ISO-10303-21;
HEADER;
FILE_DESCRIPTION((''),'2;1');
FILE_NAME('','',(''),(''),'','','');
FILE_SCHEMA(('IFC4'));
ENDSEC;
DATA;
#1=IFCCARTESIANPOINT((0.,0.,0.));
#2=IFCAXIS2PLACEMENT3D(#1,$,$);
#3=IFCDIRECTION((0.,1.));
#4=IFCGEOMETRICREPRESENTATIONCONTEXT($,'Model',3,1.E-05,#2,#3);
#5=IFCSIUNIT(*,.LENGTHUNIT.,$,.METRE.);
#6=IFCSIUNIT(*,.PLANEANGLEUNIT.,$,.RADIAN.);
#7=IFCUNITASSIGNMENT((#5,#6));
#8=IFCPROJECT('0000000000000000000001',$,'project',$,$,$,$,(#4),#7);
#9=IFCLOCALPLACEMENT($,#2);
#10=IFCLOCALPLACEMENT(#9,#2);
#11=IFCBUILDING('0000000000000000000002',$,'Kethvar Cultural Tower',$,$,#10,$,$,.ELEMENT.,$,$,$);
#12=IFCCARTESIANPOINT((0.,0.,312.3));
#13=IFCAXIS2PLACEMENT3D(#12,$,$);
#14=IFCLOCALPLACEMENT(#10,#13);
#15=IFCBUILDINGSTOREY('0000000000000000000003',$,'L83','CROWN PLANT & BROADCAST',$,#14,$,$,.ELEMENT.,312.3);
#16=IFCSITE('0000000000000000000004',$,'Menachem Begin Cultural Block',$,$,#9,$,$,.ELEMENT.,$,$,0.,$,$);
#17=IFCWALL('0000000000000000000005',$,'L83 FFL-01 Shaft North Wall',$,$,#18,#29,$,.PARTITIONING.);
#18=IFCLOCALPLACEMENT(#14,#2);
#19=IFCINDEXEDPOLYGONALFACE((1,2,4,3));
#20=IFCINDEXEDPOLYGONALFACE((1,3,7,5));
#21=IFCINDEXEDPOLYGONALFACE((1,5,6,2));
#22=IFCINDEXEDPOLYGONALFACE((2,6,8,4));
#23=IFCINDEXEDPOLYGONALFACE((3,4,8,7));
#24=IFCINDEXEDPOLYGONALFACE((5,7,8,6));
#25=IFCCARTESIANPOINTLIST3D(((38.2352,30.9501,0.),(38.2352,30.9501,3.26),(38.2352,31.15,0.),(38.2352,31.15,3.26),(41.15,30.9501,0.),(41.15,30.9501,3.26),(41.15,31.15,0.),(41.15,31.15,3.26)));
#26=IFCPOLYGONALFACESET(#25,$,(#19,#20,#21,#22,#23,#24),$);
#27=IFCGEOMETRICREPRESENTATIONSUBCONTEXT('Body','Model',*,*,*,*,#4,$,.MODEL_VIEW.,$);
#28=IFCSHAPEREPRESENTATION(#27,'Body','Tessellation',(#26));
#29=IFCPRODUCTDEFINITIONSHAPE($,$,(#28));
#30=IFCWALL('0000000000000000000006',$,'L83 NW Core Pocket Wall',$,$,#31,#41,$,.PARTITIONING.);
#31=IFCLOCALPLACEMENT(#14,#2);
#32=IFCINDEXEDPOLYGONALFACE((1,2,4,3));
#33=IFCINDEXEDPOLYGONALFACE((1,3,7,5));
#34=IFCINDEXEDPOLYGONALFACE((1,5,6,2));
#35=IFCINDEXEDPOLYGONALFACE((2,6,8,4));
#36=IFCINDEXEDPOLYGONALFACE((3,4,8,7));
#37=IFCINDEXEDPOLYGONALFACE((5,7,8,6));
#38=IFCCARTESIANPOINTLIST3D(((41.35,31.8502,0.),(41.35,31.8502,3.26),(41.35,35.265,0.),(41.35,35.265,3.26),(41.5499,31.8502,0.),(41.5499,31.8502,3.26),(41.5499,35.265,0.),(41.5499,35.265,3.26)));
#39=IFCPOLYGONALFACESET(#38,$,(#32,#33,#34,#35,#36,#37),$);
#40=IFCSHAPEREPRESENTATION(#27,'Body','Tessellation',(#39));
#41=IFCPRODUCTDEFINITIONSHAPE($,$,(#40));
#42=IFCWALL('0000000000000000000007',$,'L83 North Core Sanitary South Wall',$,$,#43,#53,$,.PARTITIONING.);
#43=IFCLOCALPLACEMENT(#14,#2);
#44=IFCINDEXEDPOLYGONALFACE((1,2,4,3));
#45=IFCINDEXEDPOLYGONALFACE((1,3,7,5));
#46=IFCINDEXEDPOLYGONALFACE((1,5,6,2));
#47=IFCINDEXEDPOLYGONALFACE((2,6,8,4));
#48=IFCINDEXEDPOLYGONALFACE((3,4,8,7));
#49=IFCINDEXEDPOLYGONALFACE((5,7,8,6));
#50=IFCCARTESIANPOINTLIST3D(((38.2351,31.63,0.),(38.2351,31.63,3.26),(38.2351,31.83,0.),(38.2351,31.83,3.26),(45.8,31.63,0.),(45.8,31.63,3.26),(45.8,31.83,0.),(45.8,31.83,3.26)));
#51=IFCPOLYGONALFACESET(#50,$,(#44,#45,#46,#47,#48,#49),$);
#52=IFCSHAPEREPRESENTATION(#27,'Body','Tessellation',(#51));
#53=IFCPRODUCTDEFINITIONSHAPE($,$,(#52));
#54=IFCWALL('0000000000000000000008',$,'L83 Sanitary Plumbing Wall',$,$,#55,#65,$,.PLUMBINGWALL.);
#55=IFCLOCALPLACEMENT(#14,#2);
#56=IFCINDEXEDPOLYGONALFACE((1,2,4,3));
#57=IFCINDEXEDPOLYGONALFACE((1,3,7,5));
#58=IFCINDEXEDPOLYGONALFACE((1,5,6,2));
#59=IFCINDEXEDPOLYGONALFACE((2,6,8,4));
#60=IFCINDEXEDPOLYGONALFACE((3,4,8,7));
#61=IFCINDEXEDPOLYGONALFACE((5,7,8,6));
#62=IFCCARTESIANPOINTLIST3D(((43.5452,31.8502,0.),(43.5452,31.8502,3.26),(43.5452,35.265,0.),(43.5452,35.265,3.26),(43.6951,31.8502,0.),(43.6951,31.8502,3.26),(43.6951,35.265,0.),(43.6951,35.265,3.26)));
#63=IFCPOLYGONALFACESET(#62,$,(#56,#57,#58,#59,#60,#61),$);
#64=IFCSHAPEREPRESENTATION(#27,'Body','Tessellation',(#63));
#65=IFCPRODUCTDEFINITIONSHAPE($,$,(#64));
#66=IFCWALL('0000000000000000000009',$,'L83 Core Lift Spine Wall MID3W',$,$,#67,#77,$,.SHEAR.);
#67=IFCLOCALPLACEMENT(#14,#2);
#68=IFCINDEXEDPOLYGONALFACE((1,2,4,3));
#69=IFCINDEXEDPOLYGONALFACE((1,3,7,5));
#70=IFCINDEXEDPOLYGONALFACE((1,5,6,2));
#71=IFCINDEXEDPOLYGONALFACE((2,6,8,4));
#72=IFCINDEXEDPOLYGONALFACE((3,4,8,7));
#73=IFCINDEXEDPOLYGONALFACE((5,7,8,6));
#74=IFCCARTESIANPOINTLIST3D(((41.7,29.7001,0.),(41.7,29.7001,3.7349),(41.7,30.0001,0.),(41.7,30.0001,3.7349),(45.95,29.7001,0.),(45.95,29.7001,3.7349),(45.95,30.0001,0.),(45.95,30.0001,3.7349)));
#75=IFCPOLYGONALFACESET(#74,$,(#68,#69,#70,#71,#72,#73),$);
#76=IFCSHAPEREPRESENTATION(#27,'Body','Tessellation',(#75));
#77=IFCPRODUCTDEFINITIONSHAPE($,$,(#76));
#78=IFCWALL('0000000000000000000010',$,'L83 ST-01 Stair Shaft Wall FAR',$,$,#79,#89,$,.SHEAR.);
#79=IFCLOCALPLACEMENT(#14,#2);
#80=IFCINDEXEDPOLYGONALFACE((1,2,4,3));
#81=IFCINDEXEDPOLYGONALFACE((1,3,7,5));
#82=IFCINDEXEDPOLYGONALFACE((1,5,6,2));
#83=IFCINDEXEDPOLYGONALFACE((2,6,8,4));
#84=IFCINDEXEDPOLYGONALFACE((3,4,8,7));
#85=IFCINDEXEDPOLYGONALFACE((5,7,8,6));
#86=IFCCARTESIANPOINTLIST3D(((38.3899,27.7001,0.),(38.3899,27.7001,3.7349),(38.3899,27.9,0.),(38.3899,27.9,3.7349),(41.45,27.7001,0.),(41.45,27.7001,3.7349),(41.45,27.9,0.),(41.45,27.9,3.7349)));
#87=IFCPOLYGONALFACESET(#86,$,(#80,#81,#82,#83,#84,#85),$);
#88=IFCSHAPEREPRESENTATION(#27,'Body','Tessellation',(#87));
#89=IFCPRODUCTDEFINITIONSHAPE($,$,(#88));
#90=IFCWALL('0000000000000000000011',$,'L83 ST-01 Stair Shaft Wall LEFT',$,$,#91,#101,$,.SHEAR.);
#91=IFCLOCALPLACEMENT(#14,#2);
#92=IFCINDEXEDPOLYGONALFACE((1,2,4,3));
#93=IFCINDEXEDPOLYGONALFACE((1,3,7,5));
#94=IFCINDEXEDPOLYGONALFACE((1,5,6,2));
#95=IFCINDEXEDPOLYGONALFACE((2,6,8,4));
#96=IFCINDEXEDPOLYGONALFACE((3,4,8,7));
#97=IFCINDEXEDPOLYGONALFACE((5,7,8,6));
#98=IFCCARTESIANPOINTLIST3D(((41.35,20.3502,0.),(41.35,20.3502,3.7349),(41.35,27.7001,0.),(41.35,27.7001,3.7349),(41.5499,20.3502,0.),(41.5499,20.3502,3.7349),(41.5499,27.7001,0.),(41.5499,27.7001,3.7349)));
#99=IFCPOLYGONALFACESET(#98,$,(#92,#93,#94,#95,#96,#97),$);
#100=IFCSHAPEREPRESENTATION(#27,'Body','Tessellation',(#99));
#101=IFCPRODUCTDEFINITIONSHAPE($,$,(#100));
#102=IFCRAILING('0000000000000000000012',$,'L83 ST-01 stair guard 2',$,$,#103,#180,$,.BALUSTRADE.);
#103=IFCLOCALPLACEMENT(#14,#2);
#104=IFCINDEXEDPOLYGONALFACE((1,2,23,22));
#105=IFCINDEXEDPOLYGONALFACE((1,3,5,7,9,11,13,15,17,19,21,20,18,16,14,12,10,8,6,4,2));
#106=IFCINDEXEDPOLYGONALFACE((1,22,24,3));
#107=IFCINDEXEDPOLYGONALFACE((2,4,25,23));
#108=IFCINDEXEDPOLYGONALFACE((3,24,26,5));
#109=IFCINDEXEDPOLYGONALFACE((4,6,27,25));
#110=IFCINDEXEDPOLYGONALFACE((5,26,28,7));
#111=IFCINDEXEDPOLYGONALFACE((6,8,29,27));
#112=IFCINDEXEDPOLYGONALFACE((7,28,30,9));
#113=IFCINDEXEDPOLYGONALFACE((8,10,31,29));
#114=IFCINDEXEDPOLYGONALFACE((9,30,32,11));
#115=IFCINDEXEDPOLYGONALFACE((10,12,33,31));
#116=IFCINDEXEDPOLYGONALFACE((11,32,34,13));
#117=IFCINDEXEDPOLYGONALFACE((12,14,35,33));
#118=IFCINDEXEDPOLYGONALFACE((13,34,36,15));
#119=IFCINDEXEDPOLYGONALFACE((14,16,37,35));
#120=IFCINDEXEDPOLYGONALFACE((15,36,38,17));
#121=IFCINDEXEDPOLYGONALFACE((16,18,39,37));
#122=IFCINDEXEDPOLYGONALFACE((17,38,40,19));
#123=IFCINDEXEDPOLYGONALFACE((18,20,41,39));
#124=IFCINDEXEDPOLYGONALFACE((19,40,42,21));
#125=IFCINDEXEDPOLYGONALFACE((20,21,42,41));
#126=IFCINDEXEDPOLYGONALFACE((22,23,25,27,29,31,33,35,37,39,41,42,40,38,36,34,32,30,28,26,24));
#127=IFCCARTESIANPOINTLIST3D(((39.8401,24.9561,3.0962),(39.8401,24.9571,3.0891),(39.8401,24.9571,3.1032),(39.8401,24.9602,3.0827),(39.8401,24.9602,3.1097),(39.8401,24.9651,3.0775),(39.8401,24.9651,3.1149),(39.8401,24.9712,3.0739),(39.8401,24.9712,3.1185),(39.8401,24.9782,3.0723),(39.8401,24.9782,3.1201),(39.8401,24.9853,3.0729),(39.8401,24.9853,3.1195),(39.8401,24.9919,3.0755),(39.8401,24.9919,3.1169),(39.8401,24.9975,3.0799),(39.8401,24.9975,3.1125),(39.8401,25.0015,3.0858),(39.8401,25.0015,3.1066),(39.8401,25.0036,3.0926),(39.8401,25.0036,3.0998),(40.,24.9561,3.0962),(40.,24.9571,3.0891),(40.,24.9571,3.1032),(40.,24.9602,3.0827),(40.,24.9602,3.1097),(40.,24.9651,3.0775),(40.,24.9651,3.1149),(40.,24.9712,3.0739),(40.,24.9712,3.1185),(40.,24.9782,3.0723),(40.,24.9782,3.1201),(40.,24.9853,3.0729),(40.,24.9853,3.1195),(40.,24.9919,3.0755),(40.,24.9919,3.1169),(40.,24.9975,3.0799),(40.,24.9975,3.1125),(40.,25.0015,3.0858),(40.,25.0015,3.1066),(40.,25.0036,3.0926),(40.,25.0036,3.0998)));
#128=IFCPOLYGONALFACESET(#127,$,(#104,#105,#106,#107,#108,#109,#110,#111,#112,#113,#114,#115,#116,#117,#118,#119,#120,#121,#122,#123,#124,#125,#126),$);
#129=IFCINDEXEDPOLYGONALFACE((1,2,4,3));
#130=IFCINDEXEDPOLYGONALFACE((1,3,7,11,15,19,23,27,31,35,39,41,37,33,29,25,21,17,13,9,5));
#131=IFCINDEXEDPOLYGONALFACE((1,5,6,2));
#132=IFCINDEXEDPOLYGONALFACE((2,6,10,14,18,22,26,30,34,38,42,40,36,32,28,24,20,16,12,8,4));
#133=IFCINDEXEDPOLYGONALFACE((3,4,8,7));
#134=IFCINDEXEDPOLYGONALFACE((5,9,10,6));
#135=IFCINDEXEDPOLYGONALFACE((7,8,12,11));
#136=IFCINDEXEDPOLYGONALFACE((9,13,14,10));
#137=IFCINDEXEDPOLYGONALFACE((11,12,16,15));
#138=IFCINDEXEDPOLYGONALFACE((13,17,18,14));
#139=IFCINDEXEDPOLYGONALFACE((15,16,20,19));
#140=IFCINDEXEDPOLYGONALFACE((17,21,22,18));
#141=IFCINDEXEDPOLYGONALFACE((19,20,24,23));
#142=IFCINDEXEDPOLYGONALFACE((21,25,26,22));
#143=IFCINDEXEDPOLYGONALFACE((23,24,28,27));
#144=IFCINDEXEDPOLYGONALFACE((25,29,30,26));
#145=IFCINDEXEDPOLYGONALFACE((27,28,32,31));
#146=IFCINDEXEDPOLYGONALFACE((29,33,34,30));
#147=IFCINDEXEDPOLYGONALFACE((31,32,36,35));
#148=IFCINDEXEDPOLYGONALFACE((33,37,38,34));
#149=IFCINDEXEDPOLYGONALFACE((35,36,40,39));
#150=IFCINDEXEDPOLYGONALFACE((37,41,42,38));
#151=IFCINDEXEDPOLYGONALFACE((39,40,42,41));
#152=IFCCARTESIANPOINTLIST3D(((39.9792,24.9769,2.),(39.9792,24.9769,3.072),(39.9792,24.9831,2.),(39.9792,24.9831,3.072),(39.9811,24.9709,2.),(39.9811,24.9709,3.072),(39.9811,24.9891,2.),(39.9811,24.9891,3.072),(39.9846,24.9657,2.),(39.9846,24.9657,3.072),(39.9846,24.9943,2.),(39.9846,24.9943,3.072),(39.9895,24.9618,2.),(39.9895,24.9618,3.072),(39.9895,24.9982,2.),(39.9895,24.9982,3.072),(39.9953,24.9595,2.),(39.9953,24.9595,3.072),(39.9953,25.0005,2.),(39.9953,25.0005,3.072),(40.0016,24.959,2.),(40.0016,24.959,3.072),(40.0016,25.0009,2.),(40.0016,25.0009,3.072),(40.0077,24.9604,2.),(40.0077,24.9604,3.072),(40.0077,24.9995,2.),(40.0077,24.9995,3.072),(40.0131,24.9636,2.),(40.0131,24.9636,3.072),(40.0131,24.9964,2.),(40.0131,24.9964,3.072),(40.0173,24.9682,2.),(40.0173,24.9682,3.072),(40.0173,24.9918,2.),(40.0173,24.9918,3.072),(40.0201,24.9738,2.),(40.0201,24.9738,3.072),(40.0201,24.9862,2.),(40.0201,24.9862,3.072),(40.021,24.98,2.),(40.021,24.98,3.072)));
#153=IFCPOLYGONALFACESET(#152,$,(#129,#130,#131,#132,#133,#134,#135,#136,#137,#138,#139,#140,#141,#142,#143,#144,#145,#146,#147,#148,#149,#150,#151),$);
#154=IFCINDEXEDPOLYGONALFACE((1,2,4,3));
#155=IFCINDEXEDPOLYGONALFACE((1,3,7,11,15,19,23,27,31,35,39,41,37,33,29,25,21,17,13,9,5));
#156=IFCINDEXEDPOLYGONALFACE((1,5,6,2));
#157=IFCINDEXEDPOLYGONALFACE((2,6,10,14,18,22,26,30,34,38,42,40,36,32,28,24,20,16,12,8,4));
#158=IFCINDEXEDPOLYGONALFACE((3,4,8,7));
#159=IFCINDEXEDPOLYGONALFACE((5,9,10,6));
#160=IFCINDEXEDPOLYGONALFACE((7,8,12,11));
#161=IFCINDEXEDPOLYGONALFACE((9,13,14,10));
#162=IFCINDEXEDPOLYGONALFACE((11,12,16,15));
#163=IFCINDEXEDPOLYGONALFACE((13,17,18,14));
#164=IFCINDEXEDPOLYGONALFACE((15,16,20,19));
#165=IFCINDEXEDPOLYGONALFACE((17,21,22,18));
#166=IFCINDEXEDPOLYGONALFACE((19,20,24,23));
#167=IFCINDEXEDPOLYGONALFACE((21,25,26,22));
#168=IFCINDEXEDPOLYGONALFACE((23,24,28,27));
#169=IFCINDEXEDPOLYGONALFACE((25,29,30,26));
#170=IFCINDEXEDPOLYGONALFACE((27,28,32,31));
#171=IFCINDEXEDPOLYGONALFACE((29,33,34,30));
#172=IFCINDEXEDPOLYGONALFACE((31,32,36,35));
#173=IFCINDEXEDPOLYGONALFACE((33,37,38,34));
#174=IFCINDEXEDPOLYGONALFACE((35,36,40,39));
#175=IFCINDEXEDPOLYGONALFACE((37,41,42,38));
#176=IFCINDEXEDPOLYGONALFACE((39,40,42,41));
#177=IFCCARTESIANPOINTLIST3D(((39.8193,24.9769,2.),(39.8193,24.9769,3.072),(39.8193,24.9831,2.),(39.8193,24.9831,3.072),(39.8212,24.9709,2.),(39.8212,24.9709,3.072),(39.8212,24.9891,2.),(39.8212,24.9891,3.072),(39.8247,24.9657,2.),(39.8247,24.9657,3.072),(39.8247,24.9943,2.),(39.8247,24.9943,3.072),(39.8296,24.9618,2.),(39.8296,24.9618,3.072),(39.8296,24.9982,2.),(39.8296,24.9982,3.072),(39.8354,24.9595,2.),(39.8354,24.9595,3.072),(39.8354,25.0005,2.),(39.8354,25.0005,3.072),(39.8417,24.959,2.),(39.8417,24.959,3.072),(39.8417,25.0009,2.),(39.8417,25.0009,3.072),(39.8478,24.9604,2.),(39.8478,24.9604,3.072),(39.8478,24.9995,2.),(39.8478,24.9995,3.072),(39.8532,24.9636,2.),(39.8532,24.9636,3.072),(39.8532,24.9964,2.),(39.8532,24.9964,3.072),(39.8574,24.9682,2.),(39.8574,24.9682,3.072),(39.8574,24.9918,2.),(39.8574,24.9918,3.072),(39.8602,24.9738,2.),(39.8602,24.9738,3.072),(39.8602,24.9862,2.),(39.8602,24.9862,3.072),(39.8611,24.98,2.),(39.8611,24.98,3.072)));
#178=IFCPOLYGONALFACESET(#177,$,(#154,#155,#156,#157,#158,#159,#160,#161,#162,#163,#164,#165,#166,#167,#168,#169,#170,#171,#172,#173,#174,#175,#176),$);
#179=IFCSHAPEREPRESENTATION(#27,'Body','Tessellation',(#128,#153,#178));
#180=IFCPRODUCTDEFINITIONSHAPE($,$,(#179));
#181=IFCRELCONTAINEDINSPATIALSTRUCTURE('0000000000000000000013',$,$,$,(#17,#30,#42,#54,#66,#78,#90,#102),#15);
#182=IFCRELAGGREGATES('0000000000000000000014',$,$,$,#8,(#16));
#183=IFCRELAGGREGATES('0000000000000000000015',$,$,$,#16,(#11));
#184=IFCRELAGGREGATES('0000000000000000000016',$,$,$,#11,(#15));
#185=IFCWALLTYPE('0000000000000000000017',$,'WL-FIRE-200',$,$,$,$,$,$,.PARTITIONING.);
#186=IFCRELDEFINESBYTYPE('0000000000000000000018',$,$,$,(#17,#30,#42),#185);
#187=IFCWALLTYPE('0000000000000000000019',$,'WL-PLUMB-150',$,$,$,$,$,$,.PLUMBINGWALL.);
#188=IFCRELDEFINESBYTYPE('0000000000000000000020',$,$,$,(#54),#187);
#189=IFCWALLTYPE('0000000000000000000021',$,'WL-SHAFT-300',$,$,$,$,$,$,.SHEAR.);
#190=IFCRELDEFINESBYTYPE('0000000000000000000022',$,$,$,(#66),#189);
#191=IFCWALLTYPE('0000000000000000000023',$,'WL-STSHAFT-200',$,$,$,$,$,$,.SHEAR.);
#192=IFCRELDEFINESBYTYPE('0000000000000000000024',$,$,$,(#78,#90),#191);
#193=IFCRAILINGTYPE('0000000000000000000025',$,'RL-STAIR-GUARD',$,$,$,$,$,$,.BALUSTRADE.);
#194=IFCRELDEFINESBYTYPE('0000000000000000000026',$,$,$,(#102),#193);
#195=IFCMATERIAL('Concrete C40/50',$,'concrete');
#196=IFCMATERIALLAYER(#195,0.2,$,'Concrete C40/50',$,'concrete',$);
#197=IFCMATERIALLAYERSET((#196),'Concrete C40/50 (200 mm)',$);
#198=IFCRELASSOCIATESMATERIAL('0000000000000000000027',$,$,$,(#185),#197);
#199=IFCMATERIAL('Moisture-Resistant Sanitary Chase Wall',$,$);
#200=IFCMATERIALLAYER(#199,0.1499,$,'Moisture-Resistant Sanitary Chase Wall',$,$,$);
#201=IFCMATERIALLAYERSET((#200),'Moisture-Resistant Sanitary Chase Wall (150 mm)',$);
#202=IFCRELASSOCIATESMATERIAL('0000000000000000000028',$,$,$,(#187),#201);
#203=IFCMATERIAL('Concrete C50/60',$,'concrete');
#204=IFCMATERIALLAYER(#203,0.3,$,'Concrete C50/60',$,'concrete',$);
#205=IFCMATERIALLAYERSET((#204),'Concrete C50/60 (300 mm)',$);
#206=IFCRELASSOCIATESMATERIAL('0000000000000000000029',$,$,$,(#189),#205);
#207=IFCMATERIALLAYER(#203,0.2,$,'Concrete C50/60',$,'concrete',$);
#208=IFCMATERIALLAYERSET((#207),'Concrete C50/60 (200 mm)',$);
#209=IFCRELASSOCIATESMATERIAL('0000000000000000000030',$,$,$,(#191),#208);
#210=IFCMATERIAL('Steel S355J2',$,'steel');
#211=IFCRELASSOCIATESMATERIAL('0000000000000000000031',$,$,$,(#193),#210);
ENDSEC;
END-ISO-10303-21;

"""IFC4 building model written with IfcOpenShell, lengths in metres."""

from ifc_helpers import new_model, si_unit, direction, frame, frame_2d, origin, origin_2d, place, context, subcontext, project, spatial, rectangle, circle, extrude, material, layer, layer_set, type_object, element, save


model = new_model("IFC4")

# Units and contexts
model_context = context("Model", 3, precision=1e-05, world=origin(), true_north=direction((0.0, 1.0)))
body_context = subcontext(model_context, "Body", "Model", "MODEL_VIEW")
ifc_project = project(units=[si_unit("LENGTHUNIT", "METRE"), si_unit("PLANEANGLEUNIT", "RADIAN")], contexts=[model_context])

# Site, building, storey
site_placement = place(None, origin())
site = spatial("IfcSite", under=ifc_project, at=site_placement, Name="Menachem Begin Cultural Block", CompositionType="ELEMENT", RefElevation=0.0)
building_placement = place(site_placement, origin())
building = spatial("IfcBuilding", under=site, at=building_placement, Name="Kethvar Cultural Tower", CompositionType="ELEMENT")
storey_placement = place(building_placement, frame((0.0, 0.0, 312.3)))
storey = spatial("IfcBuildingStorey", under=building, at=storey_placement, Name="L83", Description="CROWN PLANT & BROADCAST", CompositionType="ELEMENT", Elevation=312.3)

# Shared definitions
ifc_material_1 = material(Name="Steel S355J2", Category="steel")

# Shared definitions
ifc_material_2 = material(Name="Concrete C50/60", Category="concrete")

# Walls
ifc_material_3 = material(Name="Concrete C40/50", Category="concrete")
ifc_layer_1 = layer(ifc_material_3, 0.2, Name="Concrete C40/50", Category="concrete")
ifc_layer_set_1 = layer_set([ifc_layer_1], Name="Concrete C40/50 (200 mm)")
wall_type_1 = type_object("IfcWallType", Name="WL-FIRE-200", PredefinedType="PARTITIONING", material=ifc_layer_set_1)
for number, where, z_axis, x_axis, name in (
    (1, (38.2351, 31.05, 0.0), (0.0, 0.0, 1.0), (1.0, 0.0, 0.0), "L83 FFL-01 Shaft North Wall"),
):
    element("IfcWall", number, at=place(storey_placement, frame(where, z_axis=z_axis, x_axis=x_axis)), inside=storey, type_object=wall_type_1, Name=name, PredefinedType="PARTITIONING", context=body_context, shape_type="SweptSolid", body=[
        extrude(rectangle(XDim=2.9148, YDim=0.2, at=frame_2d((1.4575, 0.0))), origin(), (0.0, 0.0, 1.0), 3.26),
    ])
wall_1_placement = place(storey_placement, frame((41.45, 31.8501, 0.0), z_axis=(0.0, 0.0, 1.0), x_axis=(0.0, 1.0, 0.0)))
element("IfcWall", 2, at=wall_1_placement, inside=storey, type_object=wall_type_1, Name="L83 NW Core Pocket Wall", PredefinedType="PARTITIONING", context=body_context, shape_type="SweptSolid", body=[
    extrude(rectangle(XDim=3.4148, YDim=0.2, at=frame_2d((1.7075, 0.0))), origin(), (0.0, 0.0, 1.0), 3.26),
])
wall_2_placement = place(storey_placement, frame((38.2351, 31.73, 0.0), z_axis=(0.0, 0.0, 1.0), x_axis=(1.0, 0.0, 0.0)))
element("IfcWall", 3, at=wall_2_placement, inside=storey, type_object=wall_type_1, Name="L83 North Core Sanitary South Wall", PredefinedType="PARTITIONING", context=body_context, shape_type="SweptSolid", body=[
    extrude(rectangle(XDim=7.5649, YDim=0.2, at=frame_2d((3.7825, 0.0))), origin(), (0.0, 0.0, 1.0), 3.26),
])
ifc_material_4 = material(Name="Moisture-Resistant Sanitary Chase Wall")
ifc_layer_2 = layer(ifc_material_4, 0.1499, Name="Moisture-Resistant Sanitary Chase Wall")
ifc_layer_set_2 = layer_set([ifc_layer_2], Name="Moisture-Resistant Sanitary Chase Wall (150 mm)")
wall_type_2 = type_object("IfcWallType", Name="WL-PLUMB-150", PredefinedType="PLUMBINGWALL", material=ifc_layer_set_2)
wall_3_placement = place(storey_placement, frame((43.6201, 31.8501, 0.0), z_axis=(0.0, 0.0, 1.0), x_axis=(0.0, 1.0, 0.0)))
element("IfcWall", 4, at=wall_3_placement, inside=storey, type_object=wall_type_2, Name="L83 Sanitary Plumbing Wall", PredefinedType="PLUMBINGWALL", context=body_context, shape_type="SweptSolid", body=[
    extrude(rectangle(XDim=3.4148, YDim=0.1499, at=frame_2d((1.7075, 0.0))), origin(), (0.0, 0.0, 1.0), 3.26),
])
ifc_layer_3 = layer(ifc_material_2, 0.3, Name="Concrete C50/60", Category="concrete")
ifc_layer_set_3 = layer_set([ifc_layer_3], Name="Concrete C50/60 (300 mm)")
wall_type_3 = type_object("IfcWallType", Name="WL-SHAFT-300", PredefinedType="SHEAR", material=ifc_layer_set_3)
wall_4_placement = place(storey_placement, frame((41.7, 29.8501, 0.0), z_axis=(0.0, 0.0, 1.0), x_axis=(1.0, 0.0, 0.0)))
element("IfcWall", 5, at=wall_4_placement, inside=storey, type_object=wall_type_3, Name="L83 Core Lift Spine Wall MID3W", PredefinedType="SHEAR", context=body_context, shape_type="SweptSolid", body=[
    extrude(rectangle(XDim=4.25, YDim=0.3, at=frame_2d((2.125, 0.0))), origin(), (0.0, 0.0, 1.0), 3.7349),
])
ifc_layer_4 = layer(ifc_material_2, 0.2, Name="Concrete C50/60", Category="concrete")
ifc_layer_set_4 = layer_set([ifc_layer_4], Name="Concrete C50/60 (200 mm)")
wall_type_4 = type_object("IfcWallType", Name="WL-STSHAFT-200", PredefinedType="SHEAR", material=ifc_layer_set_4)
wall_5_placement = place(storey_placement, frame((38.3899, 27.8, 0.0), z_axis=(0.0, 0.0, 1.0), x_axis=(1.0, 0.0, 0.0)))
element("IfcWall", 6, at=wall_5_placement, inside=storey, type_object=wall_type_4, Name="L83 ST-01 Stair Shaft Wall FAR", PredefinedType="SHEAR", context=body_context, shape_type="SweptSolid", body=[
    extrude(rectangle(XDim=3.0601, YDim=0.2, at=frame_2d((1.53, 0.0))), origin(), (0.0, 0.0, 1.0), 3.7349),
])
wall_6_placement = place(storey_placement, frame((41.45, 27.7, 0.0), z_axis=(0.0, 0.0, 1.0), x_axis=(0.0, -1.0, 0.0)))
element("IfcWall", 7, at=wall_6_placement, inside=storey, type_object=wall_type_4, Name="L83 ST-01 Stair Shaft Wall LEFT", PredefinedType="SHEAR", context=body_context, shape_type="SweptSolid", body=[
    extrude(rectangle(XDim=7.3499, YDim=0.2, at=frame_2d((3.6748, 0.0))), origin(), (0.0, 0.0, 1.0), 3.7349),
])

# Railing
railing_type = type_object("IfcRailingType", Name="RL-STAIR-GUARD", PredefinedType="BALUSTRADE", material=ifc_material_1)
railing_1_placement = place(storey_placement, frame((40.0, 24.98, 2.0)))
element("IfcRailing", 8, at=railing_1_placement, inside=storey, type_object=railing_type, Name="L83 ST-01 stair guard 2", PredefinedType="BALUSTRADE", context=body_context, shape_type="SweptSolid", body=[
    extrude(circle(Radius=0.0239, at=origin_2d()), frame((0.0, 0.0, 1.0962), z_axis=(-1.0, 0.0, 0.0), x_axis=(0.0, -1.0, 0.0)), (0.0, 0.0, 1.0), 0.1599),
    extrude(circle(Radius=0.021, at=origin_2d()), origin(), (0.0, 0.0, 1.0), 1.072),
    extrude(circle(Radius=0.021, at=origin_2d()), frame((-0.1599, 0.0, 0.0)), (0.0, 0.0, 1.0), 1.072),
])

save(model, "model.ifc")
